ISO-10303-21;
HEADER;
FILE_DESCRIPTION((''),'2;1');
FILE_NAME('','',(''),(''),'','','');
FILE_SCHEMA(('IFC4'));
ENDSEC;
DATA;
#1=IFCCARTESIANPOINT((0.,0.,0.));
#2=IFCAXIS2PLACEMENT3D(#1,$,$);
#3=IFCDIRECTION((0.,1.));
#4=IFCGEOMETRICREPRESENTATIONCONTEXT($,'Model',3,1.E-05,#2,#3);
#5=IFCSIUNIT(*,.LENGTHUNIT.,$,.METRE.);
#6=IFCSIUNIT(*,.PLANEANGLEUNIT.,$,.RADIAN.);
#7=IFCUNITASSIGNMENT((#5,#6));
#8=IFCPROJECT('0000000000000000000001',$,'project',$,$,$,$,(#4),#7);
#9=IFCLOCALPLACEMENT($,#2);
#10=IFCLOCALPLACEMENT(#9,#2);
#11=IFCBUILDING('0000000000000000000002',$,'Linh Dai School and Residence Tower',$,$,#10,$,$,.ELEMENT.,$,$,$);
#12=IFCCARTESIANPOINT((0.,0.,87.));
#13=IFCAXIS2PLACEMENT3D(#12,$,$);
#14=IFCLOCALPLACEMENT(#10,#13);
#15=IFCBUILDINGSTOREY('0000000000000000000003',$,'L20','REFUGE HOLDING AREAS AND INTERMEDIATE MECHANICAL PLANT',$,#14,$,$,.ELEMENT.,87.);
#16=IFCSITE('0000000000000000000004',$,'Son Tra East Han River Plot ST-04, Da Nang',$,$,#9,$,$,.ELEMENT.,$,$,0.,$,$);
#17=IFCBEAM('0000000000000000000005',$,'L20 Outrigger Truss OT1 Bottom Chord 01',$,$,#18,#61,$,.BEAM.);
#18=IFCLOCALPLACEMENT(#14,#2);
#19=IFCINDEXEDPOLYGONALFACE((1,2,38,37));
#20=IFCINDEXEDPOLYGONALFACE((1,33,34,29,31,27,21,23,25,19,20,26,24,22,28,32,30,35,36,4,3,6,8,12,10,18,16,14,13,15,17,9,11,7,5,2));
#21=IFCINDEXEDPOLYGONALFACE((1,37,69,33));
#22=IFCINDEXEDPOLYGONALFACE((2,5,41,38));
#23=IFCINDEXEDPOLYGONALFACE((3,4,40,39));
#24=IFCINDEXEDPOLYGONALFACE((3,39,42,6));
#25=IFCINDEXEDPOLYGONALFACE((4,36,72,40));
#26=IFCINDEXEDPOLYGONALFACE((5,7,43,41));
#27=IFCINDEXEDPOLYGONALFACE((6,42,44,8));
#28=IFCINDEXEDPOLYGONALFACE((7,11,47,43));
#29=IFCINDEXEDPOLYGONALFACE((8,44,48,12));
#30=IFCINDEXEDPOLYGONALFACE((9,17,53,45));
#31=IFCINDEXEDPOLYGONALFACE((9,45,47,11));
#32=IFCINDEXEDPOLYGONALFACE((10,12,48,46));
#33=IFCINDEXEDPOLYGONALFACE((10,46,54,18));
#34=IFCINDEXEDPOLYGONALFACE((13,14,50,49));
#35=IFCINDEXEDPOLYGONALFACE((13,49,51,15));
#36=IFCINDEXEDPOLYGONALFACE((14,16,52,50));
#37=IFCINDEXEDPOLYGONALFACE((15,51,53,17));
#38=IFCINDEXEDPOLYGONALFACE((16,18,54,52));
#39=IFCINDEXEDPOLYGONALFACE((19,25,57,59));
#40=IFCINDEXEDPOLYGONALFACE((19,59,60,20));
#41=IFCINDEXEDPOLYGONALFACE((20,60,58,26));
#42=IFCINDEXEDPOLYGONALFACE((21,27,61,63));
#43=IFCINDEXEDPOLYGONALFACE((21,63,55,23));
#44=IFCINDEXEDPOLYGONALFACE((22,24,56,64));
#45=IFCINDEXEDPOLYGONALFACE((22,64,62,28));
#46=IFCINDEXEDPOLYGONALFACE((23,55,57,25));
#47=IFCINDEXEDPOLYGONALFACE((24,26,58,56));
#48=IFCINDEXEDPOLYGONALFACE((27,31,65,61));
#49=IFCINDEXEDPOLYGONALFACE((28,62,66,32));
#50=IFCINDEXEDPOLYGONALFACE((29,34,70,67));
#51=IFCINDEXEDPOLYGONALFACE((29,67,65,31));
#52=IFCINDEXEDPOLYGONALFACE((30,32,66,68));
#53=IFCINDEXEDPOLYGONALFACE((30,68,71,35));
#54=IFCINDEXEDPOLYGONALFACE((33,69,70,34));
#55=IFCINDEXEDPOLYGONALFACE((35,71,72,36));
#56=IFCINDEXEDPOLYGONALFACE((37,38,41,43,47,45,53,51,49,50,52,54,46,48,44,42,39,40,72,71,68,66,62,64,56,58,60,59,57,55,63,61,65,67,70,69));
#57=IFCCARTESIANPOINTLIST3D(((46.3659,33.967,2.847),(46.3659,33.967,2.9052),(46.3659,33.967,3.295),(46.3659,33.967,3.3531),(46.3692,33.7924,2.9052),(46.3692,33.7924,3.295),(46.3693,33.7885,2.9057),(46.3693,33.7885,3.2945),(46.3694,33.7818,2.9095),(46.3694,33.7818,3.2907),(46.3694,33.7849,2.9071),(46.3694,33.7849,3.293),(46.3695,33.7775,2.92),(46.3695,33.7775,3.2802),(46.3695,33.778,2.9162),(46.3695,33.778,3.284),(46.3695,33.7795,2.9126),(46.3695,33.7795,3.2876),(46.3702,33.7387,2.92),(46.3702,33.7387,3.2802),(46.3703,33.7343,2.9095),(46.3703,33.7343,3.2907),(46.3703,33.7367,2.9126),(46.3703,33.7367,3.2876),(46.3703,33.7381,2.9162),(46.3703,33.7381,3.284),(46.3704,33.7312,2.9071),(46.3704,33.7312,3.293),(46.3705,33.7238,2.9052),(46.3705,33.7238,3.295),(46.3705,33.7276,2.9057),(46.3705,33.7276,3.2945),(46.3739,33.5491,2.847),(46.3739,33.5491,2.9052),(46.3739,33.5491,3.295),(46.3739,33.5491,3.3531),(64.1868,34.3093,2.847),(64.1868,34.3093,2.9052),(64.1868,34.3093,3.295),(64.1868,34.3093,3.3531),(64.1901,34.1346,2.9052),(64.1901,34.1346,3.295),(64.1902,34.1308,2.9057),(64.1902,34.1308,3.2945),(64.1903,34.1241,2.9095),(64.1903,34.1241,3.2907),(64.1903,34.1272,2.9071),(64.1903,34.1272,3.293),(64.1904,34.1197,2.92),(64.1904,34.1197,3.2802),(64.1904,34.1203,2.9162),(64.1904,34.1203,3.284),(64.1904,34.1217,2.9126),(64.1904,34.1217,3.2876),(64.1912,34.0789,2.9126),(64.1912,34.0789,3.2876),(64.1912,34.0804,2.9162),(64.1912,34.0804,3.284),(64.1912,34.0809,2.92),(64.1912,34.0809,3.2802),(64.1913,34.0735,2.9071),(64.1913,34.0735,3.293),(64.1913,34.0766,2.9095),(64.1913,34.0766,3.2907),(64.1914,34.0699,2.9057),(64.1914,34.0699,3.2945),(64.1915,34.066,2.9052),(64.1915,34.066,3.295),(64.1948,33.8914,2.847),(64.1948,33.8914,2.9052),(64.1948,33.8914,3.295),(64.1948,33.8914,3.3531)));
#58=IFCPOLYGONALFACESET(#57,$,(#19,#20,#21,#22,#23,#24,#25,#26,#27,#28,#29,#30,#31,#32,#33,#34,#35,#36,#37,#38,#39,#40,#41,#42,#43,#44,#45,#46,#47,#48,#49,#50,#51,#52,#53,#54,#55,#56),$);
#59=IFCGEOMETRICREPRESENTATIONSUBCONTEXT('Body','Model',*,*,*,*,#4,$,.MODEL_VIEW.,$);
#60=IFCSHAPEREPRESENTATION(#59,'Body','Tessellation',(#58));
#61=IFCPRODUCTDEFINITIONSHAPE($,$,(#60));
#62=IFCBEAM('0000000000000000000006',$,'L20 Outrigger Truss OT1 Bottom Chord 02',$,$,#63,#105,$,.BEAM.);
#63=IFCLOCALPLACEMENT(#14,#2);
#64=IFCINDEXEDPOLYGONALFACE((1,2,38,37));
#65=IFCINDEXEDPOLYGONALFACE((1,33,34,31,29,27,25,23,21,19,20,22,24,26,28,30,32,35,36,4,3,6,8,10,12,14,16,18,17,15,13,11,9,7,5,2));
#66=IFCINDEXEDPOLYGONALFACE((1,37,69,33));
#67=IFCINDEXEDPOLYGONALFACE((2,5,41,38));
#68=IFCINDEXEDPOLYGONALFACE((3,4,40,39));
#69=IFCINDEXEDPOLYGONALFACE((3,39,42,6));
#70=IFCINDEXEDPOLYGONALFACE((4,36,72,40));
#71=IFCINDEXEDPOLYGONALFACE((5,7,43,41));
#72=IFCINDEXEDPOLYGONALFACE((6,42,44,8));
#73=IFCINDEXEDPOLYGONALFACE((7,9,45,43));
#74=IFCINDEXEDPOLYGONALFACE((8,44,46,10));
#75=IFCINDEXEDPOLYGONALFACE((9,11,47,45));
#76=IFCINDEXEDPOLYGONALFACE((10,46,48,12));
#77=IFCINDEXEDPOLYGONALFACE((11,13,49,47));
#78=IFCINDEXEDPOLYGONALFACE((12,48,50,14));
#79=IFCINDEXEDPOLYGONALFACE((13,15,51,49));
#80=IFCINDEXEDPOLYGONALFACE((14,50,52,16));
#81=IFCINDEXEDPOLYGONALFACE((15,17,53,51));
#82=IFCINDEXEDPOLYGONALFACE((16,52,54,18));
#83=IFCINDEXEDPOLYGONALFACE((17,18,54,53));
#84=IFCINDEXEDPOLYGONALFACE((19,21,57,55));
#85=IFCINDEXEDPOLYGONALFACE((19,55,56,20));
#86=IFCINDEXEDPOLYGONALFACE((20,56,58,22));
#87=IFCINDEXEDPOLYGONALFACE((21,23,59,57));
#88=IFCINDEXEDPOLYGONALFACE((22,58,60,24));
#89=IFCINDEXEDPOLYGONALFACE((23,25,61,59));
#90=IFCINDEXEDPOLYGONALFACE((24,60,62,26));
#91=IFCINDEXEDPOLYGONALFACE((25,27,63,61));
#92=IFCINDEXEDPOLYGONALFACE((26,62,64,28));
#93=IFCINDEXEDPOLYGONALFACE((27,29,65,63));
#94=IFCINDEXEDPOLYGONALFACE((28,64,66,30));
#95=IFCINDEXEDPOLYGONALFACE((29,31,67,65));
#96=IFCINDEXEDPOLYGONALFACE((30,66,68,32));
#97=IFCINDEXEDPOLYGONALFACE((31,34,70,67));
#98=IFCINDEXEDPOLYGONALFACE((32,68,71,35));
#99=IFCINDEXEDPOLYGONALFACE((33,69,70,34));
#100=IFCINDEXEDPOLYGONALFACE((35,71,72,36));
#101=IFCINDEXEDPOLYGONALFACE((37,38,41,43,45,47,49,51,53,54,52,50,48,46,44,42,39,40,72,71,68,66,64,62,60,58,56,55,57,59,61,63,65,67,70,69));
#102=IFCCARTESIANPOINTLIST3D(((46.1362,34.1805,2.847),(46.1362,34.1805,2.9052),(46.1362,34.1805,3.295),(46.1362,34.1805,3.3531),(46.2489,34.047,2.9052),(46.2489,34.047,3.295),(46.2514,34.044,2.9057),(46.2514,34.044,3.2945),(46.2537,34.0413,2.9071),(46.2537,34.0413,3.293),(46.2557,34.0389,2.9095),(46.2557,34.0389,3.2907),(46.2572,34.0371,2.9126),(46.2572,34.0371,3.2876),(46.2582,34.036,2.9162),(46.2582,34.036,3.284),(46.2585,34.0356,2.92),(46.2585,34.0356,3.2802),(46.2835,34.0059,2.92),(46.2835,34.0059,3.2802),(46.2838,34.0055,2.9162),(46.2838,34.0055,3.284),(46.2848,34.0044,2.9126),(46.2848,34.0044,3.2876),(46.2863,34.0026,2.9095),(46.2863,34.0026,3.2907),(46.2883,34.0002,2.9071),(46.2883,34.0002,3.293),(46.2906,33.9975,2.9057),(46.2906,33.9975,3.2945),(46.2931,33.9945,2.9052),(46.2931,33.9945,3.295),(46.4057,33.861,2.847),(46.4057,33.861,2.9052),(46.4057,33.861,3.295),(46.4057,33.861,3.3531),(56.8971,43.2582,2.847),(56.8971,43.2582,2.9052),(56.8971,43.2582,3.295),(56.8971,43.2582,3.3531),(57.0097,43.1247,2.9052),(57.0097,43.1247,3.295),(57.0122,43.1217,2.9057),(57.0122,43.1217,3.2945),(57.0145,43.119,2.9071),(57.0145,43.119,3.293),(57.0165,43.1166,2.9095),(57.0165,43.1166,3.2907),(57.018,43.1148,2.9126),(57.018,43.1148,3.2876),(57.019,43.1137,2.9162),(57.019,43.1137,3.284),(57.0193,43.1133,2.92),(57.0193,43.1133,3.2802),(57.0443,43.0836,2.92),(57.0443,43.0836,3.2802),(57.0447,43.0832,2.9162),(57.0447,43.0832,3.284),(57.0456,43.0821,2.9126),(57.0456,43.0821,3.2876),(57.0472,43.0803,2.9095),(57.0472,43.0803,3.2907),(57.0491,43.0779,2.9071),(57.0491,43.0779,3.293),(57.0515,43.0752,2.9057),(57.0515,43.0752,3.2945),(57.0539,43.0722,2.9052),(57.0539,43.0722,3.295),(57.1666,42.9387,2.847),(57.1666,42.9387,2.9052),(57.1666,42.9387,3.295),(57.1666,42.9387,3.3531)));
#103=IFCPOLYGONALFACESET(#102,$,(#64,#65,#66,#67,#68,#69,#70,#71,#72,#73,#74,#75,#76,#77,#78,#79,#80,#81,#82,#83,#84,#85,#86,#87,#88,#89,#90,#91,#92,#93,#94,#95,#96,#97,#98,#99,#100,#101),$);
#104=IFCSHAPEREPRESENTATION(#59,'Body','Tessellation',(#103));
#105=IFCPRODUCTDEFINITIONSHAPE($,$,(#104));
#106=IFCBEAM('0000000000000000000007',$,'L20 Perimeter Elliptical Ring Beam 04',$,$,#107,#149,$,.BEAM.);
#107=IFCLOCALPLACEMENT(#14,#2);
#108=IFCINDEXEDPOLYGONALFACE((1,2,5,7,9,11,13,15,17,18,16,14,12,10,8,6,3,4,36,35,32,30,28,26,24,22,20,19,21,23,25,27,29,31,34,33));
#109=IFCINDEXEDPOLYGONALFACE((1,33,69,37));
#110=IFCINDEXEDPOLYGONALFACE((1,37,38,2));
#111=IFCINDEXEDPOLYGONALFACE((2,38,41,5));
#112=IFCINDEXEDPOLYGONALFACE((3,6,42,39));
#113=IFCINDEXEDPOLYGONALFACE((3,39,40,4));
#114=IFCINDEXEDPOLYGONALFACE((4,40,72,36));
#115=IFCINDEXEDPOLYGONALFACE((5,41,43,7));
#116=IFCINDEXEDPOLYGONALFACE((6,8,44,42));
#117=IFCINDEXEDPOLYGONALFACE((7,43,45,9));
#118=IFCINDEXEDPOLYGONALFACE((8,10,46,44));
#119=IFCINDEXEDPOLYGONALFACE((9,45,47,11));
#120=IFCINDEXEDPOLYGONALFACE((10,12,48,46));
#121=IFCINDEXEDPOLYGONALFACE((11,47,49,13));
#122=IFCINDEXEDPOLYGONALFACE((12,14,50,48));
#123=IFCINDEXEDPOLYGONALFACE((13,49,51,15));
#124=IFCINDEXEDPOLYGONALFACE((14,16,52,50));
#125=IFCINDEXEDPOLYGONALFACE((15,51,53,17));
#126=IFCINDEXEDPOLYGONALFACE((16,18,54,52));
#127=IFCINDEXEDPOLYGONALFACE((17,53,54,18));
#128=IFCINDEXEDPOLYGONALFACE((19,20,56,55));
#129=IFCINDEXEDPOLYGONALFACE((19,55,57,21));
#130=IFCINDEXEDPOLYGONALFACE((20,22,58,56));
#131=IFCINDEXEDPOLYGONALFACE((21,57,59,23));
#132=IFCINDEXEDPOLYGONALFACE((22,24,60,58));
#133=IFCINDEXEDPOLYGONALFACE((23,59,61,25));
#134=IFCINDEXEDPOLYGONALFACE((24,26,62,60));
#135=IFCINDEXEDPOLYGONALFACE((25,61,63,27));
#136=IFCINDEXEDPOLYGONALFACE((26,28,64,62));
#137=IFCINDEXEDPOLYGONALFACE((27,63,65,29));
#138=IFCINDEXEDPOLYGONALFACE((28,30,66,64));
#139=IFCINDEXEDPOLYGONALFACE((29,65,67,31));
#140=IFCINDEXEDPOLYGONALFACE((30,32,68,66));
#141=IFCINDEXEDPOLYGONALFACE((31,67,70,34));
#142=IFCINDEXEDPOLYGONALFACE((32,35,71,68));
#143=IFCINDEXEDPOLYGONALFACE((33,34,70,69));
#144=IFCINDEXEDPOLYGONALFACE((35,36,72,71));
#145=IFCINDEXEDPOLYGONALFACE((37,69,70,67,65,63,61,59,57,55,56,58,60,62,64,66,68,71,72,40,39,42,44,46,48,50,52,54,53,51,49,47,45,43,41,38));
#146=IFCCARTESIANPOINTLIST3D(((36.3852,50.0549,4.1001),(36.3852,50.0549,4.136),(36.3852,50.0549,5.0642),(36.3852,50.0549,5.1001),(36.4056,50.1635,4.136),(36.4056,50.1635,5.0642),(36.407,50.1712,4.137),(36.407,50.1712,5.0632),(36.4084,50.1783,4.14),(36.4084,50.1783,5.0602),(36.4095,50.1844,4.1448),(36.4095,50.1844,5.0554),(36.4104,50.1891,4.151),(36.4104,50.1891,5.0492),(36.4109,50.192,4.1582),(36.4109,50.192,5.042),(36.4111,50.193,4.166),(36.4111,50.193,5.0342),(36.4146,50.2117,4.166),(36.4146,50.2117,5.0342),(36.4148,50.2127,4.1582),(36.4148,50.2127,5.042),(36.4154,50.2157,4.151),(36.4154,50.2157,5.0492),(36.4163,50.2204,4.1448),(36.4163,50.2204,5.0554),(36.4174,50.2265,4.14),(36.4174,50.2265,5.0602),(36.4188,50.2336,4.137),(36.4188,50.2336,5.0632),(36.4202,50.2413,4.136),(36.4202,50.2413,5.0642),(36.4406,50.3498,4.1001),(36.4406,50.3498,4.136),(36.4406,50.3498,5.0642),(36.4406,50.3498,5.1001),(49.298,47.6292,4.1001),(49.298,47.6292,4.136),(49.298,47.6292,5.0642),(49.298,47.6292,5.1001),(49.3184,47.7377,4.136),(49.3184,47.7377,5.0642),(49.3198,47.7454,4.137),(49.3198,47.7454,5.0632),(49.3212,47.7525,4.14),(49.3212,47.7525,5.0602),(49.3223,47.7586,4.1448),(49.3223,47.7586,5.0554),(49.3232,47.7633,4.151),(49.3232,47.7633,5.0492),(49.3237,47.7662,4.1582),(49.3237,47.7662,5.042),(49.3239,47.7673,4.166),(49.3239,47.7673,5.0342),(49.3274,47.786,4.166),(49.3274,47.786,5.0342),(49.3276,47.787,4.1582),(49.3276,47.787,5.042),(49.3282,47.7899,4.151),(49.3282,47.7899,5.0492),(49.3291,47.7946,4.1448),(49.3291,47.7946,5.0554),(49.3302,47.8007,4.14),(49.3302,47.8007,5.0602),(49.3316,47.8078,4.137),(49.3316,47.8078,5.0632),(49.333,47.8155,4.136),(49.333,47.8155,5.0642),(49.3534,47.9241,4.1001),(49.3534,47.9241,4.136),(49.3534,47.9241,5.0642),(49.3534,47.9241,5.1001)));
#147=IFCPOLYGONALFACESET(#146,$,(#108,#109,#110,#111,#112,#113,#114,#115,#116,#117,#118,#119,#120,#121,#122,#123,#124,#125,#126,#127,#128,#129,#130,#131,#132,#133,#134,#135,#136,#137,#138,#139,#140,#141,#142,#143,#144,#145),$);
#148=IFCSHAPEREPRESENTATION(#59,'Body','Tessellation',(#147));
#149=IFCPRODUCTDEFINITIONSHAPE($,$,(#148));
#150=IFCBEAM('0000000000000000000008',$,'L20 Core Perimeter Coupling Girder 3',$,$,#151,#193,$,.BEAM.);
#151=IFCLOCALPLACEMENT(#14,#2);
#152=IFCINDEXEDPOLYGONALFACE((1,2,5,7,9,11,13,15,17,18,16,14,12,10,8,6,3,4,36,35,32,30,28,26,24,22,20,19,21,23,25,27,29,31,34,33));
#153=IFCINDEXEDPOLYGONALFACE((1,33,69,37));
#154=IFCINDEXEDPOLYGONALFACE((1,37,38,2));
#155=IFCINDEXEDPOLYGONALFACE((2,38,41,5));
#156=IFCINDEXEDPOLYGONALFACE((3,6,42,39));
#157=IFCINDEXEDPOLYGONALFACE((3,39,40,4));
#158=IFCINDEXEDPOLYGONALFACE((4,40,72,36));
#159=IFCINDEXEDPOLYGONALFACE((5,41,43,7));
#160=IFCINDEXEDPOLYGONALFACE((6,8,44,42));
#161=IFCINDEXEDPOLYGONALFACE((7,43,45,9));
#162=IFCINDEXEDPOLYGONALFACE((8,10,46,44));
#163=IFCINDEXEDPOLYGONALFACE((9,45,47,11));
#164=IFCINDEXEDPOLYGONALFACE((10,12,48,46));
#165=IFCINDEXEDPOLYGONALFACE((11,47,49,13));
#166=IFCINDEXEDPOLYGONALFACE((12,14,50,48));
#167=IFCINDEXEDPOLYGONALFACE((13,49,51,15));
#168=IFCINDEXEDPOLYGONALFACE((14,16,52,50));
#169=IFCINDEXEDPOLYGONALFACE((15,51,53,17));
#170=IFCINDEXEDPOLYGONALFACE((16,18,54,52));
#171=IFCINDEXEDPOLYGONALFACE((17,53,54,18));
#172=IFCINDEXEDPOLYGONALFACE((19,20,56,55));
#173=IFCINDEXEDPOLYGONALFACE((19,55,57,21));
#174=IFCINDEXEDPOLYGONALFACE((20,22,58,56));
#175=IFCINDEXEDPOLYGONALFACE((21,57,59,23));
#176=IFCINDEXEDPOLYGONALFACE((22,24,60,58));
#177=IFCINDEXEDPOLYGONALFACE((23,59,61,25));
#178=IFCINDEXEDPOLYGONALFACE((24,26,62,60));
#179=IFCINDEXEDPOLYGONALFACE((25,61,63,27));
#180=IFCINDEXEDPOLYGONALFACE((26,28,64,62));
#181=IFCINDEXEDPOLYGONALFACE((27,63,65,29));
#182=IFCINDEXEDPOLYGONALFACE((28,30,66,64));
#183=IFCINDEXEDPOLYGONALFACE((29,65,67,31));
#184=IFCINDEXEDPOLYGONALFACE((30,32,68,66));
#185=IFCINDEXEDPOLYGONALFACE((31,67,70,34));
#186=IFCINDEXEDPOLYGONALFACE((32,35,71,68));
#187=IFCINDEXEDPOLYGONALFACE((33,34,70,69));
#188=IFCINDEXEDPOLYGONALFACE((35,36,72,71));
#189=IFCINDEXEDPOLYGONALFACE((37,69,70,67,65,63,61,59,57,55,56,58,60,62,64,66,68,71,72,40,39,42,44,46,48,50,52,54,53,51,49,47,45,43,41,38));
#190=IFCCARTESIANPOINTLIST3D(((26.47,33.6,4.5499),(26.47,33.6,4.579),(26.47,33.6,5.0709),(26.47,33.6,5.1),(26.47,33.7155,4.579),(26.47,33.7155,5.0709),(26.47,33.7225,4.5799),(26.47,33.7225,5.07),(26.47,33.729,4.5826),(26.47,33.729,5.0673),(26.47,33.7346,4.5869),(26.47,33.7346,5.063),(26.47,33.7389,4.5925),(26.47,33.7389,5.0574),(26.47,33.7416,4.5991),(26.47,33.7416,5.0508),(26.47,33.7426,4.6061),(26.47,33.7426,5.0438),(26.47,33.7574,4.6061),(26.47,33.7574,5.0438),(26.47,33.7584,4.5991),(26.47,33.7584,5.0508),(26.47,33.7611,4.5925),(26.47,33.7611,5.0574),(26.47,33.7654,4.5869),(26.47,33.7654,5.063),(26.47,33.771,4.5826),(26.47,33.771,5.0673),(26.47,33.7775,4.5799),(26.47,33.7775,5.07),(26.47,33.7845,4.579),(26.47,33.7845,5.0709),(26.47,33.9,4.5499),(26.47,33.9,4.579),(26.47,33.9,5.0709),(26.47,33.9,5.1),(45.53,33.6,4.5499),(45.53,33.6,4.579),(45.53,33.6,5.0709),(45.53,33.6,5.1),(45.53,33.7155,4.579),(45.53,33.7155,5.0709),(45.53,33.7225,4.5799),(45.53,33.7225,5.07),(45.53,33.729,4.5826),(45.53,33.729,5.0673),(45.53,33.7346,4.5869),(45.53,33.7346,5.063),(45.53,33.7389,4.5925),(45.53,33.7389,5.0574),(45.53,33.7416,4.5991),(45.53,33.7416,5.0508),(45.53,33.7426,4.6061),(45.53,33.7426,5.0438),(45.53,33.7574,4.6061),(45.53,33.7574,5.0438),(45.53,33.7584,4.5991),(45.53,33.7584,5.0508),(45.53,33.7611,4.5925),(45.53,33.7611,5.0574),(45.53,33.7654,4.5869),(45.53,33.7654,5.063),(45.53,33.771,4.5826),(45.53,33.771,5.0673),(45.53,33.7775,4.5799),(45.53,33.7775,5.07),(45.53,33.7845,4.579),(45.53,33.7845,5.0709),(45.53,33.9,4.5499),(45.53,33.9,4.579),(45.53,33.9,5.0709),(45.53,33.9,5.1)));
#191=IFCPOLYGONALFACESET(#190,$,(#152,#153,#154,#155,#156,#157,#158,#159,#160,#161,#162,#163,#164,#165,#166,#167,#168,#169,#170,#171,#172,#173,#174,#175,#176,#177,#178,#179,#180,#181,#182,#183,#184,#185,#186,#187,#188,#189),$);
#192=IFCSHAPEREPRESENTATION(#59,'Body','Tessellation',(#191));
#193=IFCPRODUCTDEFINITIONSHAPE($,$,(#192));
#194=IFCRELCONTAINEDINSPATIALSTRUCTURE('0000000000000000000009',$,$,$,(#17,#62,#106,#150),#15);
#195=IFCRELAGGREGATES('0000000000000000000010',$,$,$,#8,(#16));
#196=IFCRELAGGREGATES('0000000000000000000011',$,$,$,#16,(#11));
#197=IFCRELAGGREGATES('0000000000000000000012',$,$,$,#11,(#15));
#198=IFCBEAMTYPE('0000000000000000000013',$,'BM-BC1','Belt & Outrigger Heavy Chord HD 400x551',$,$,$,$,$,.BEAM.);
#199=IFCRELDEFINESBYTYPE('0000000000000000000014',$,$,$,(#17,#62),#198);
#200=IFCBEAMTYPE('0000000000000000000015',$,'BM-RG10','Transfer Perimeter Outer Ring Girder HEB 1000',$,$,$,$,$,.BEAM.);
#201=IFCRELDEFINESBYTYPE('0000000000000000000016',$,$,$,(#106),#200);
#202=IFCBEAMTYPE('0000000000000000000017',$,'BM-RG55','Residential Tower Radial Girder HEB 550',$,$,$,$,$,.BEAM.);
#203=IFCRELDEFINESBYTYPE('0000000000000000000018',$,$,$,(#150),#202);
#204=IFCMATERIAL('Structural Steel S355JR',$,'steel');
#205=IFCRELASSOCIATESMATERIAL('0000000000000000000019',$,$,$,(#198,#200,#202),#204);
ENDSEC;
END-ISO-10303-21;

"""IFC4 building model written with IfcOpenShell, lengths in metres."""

from ifc_helpers import new_model, si_unit, direction, frame, origin, origin_2d, place, context, subcontext, project, spatial, i_section, extrude, material, material_profile, profile_set, type_object, element, save


model = new_model("IFC4")

# Units and contexts
model_context = context("Model", 3, precision=1e-05, world=origin(), true_north=direction((0.0, 1.0)))
body_context = subcontext(model_context, "Body", "Model", "MODEL_VIEW")
ifc_project = project(units=[si_unit("LENGTHUNIT", "METRE"), si_unit("PLANEANGLEUNIT", "RADIAN")], contexts=[model_context])

# Site, building, storey
site_placement = place(None, origin())
site = spatial("IfcSite", under=ifc_project, at=site_placement, Name="Son Tra East Han River Plot ST-04, Da Nang", CompositionType="ELEMENT", RefElevation=0.0)
building_placement = place(site_placement, origin())
building = spatial("IfcBuilding", under=site, at=building_placement, Name="Linh Dai School and Residence Tower", CompositionType="ELEMENT")
storey_placement = place(building_placement, frame((0.0, 0.0, 87.0)))
storey = spatial("IfcBuildingStorey", under=building, at=storey_placement, Name="L20", Description="REFUGE HOLDING AREAS AND INTERMEDIATE MECHANICAL PLANT", CompositionType="ELEMENT", Elevation=87.0)

# Shared definitions
ifc_material_1 = material(Name="Structural Steel S355JR", Category="steel")

# Beams
ifc_material_profile_1 = material_profile(ifc_material_1, i_section(OverallWidth=0.418, OverallDepth=0.5061, WebThickness=0.0388, FlangeThickness=0.0581, FilletRadius=0.0149, at=origin_2d()), Name="HD 400x551")
ifc_profile_set_1 = profile_set([ifc_material_profile_1], Name="Structural Steel S355JR")
beam_type_1 = type_object("IfcBeamType", Name="BM-BC1", Description="Belt & Outrigger Heavy Chord HD 400x551", PredefinedType="BEAM", material=ifc_profile_set_1)
beam_1_placement = place(storey_placement, frame((46.3699, 33.7581, 3.1001), z_axis=(0.999816, 0.019203, 0.0), x_axis=(-0.019203, 0.999816, 0.0)))
element("IfcBeam", 1, at=beam_1_placement, inside=storey, type_object=beam_type_1, Name="L20 Outrigger Truss OT1 Bottom Chord 01", PredefinedType="BEAM", context=body_context, shape_type="SweptSolid", body=[
    extrude(i_section(OverallWidth=0.418, OverallDepth=0.5061, WebThickness=0.0388, FlangeThickness=0.0581, FilletRadius=0.0149, at=origin_2d()), origin(), (0.0, 0.0, 1.0), 17.8242),
])
beam_2_placement = place(storey_placement, frame((46.271, 34.0208, 3.1001), z_axis=(0.764352, 0.644799, 0.0), x_axis=(-0.644799, 0.764352, 0.0)))
element("IfcBeam", 2, at=beam_2_placement, inside=storey, type_object=beam_type_1, Name="L20 Outrigger Truss OT1 Bottom Chord 02", PredefinedType="BEAM", context=body_context, shape_type="SweptSolid", body=[
    extrude(i_section(OverallWidth=0.418, OverallDepth=0.5061, WebThickness=0.0388, FlangeThickness=0.0581, FilletRadius=0.0149, at=origin_2d()), origin(), (0.0, 0.0, 1.0), 14.0784),
])
ifc_material_profile_2 = material_profile(ifc_material_1, i_section(OverallWidth=0.3, OverallDepth=1.0, WebThickness=0.019, FlangeThickness=0.0359, FilletRadius=0.03, at=origin_2d()), Name="HEB 1000")
ifc_profile_set_2 = profile_set([ifc_material_profile_2], Name="Structural Steel S355JR")
beam_type_2 = type_object("IfcBeamType", Name="BM-RG10", Description="Transfer Perimeter Outer Ring Girder HEB 1000", PredefinedType="BEAM", material=ifc_profile_set_2)
beam_3_placement = place(storey_placement, frame((49.3257, 47.7766, 4.6001), z_axis=(-0.982808, 0.184628, 0.0), x_axis=(-0.184628, -0.982808, 0.0)))
element("IfcBeam", 3, at=beam_3_placement, inside=storey, type_object=beam_type_2, Name="L20 Perimeter Elliptical Ring Beam 04", PredefinedType="BEAM", context=body_context, shape_type="SweptSolid", body=[
    extrude(i_section(OverallWidth=0.3, OverallDepth=1.0, WebThickness=0.019, FlangeThickness=0.0359, FilletRadius=0.03, at=origin_2d()), origin(), (0.0, 0.0, 1.0), 13.1387),
])
ifc_material_profile_3 = material_profile(ifc_material_1, i_section(OverallWidth=0.3, OverallDepth=0.55, WebThickness=0.0149, FlangeThickness=0.0291, FilletRadius=0.0271, at=origin_2d()), Name="HEB 550")
ifc_profile_set_3 = profile_set([ifc_material_profile_3], Name="Structural Steel S355JR")
beam_type_3 = type_object("IfcBeamType", Name="BM-RG55", Description="Residential Tower Radial Girder HEB 550", PredefinedType="BEAM", material=ifc_profile_set_3)
beam_4_placement = place(storey_placement, frame((45.53, 33.75, 4.825), z_axis=(-1.0, 0.0, 0.0), x_axis=(0.0, -1.0, 0.0)))
element("IfcBeam", 4, at=beam_4_placement, inside=storey, type_object=beam_type_3, Name="L20 Core Perimeter Coupling Girder 3", PredefinedType="BEAM", context=body_context, shape_type="SweptSolid", body=[
    extrude(i_section(OverallWidth=0.3, OverallDepth=0.55, WebThickness=0.0149, FlangeThickness=0.0291, FilletRadius=0.0271, at=origin_2d()), origin(), (0.0, 0.0, 1.0), 19.0601),
])

save(model, "model.ifc")
